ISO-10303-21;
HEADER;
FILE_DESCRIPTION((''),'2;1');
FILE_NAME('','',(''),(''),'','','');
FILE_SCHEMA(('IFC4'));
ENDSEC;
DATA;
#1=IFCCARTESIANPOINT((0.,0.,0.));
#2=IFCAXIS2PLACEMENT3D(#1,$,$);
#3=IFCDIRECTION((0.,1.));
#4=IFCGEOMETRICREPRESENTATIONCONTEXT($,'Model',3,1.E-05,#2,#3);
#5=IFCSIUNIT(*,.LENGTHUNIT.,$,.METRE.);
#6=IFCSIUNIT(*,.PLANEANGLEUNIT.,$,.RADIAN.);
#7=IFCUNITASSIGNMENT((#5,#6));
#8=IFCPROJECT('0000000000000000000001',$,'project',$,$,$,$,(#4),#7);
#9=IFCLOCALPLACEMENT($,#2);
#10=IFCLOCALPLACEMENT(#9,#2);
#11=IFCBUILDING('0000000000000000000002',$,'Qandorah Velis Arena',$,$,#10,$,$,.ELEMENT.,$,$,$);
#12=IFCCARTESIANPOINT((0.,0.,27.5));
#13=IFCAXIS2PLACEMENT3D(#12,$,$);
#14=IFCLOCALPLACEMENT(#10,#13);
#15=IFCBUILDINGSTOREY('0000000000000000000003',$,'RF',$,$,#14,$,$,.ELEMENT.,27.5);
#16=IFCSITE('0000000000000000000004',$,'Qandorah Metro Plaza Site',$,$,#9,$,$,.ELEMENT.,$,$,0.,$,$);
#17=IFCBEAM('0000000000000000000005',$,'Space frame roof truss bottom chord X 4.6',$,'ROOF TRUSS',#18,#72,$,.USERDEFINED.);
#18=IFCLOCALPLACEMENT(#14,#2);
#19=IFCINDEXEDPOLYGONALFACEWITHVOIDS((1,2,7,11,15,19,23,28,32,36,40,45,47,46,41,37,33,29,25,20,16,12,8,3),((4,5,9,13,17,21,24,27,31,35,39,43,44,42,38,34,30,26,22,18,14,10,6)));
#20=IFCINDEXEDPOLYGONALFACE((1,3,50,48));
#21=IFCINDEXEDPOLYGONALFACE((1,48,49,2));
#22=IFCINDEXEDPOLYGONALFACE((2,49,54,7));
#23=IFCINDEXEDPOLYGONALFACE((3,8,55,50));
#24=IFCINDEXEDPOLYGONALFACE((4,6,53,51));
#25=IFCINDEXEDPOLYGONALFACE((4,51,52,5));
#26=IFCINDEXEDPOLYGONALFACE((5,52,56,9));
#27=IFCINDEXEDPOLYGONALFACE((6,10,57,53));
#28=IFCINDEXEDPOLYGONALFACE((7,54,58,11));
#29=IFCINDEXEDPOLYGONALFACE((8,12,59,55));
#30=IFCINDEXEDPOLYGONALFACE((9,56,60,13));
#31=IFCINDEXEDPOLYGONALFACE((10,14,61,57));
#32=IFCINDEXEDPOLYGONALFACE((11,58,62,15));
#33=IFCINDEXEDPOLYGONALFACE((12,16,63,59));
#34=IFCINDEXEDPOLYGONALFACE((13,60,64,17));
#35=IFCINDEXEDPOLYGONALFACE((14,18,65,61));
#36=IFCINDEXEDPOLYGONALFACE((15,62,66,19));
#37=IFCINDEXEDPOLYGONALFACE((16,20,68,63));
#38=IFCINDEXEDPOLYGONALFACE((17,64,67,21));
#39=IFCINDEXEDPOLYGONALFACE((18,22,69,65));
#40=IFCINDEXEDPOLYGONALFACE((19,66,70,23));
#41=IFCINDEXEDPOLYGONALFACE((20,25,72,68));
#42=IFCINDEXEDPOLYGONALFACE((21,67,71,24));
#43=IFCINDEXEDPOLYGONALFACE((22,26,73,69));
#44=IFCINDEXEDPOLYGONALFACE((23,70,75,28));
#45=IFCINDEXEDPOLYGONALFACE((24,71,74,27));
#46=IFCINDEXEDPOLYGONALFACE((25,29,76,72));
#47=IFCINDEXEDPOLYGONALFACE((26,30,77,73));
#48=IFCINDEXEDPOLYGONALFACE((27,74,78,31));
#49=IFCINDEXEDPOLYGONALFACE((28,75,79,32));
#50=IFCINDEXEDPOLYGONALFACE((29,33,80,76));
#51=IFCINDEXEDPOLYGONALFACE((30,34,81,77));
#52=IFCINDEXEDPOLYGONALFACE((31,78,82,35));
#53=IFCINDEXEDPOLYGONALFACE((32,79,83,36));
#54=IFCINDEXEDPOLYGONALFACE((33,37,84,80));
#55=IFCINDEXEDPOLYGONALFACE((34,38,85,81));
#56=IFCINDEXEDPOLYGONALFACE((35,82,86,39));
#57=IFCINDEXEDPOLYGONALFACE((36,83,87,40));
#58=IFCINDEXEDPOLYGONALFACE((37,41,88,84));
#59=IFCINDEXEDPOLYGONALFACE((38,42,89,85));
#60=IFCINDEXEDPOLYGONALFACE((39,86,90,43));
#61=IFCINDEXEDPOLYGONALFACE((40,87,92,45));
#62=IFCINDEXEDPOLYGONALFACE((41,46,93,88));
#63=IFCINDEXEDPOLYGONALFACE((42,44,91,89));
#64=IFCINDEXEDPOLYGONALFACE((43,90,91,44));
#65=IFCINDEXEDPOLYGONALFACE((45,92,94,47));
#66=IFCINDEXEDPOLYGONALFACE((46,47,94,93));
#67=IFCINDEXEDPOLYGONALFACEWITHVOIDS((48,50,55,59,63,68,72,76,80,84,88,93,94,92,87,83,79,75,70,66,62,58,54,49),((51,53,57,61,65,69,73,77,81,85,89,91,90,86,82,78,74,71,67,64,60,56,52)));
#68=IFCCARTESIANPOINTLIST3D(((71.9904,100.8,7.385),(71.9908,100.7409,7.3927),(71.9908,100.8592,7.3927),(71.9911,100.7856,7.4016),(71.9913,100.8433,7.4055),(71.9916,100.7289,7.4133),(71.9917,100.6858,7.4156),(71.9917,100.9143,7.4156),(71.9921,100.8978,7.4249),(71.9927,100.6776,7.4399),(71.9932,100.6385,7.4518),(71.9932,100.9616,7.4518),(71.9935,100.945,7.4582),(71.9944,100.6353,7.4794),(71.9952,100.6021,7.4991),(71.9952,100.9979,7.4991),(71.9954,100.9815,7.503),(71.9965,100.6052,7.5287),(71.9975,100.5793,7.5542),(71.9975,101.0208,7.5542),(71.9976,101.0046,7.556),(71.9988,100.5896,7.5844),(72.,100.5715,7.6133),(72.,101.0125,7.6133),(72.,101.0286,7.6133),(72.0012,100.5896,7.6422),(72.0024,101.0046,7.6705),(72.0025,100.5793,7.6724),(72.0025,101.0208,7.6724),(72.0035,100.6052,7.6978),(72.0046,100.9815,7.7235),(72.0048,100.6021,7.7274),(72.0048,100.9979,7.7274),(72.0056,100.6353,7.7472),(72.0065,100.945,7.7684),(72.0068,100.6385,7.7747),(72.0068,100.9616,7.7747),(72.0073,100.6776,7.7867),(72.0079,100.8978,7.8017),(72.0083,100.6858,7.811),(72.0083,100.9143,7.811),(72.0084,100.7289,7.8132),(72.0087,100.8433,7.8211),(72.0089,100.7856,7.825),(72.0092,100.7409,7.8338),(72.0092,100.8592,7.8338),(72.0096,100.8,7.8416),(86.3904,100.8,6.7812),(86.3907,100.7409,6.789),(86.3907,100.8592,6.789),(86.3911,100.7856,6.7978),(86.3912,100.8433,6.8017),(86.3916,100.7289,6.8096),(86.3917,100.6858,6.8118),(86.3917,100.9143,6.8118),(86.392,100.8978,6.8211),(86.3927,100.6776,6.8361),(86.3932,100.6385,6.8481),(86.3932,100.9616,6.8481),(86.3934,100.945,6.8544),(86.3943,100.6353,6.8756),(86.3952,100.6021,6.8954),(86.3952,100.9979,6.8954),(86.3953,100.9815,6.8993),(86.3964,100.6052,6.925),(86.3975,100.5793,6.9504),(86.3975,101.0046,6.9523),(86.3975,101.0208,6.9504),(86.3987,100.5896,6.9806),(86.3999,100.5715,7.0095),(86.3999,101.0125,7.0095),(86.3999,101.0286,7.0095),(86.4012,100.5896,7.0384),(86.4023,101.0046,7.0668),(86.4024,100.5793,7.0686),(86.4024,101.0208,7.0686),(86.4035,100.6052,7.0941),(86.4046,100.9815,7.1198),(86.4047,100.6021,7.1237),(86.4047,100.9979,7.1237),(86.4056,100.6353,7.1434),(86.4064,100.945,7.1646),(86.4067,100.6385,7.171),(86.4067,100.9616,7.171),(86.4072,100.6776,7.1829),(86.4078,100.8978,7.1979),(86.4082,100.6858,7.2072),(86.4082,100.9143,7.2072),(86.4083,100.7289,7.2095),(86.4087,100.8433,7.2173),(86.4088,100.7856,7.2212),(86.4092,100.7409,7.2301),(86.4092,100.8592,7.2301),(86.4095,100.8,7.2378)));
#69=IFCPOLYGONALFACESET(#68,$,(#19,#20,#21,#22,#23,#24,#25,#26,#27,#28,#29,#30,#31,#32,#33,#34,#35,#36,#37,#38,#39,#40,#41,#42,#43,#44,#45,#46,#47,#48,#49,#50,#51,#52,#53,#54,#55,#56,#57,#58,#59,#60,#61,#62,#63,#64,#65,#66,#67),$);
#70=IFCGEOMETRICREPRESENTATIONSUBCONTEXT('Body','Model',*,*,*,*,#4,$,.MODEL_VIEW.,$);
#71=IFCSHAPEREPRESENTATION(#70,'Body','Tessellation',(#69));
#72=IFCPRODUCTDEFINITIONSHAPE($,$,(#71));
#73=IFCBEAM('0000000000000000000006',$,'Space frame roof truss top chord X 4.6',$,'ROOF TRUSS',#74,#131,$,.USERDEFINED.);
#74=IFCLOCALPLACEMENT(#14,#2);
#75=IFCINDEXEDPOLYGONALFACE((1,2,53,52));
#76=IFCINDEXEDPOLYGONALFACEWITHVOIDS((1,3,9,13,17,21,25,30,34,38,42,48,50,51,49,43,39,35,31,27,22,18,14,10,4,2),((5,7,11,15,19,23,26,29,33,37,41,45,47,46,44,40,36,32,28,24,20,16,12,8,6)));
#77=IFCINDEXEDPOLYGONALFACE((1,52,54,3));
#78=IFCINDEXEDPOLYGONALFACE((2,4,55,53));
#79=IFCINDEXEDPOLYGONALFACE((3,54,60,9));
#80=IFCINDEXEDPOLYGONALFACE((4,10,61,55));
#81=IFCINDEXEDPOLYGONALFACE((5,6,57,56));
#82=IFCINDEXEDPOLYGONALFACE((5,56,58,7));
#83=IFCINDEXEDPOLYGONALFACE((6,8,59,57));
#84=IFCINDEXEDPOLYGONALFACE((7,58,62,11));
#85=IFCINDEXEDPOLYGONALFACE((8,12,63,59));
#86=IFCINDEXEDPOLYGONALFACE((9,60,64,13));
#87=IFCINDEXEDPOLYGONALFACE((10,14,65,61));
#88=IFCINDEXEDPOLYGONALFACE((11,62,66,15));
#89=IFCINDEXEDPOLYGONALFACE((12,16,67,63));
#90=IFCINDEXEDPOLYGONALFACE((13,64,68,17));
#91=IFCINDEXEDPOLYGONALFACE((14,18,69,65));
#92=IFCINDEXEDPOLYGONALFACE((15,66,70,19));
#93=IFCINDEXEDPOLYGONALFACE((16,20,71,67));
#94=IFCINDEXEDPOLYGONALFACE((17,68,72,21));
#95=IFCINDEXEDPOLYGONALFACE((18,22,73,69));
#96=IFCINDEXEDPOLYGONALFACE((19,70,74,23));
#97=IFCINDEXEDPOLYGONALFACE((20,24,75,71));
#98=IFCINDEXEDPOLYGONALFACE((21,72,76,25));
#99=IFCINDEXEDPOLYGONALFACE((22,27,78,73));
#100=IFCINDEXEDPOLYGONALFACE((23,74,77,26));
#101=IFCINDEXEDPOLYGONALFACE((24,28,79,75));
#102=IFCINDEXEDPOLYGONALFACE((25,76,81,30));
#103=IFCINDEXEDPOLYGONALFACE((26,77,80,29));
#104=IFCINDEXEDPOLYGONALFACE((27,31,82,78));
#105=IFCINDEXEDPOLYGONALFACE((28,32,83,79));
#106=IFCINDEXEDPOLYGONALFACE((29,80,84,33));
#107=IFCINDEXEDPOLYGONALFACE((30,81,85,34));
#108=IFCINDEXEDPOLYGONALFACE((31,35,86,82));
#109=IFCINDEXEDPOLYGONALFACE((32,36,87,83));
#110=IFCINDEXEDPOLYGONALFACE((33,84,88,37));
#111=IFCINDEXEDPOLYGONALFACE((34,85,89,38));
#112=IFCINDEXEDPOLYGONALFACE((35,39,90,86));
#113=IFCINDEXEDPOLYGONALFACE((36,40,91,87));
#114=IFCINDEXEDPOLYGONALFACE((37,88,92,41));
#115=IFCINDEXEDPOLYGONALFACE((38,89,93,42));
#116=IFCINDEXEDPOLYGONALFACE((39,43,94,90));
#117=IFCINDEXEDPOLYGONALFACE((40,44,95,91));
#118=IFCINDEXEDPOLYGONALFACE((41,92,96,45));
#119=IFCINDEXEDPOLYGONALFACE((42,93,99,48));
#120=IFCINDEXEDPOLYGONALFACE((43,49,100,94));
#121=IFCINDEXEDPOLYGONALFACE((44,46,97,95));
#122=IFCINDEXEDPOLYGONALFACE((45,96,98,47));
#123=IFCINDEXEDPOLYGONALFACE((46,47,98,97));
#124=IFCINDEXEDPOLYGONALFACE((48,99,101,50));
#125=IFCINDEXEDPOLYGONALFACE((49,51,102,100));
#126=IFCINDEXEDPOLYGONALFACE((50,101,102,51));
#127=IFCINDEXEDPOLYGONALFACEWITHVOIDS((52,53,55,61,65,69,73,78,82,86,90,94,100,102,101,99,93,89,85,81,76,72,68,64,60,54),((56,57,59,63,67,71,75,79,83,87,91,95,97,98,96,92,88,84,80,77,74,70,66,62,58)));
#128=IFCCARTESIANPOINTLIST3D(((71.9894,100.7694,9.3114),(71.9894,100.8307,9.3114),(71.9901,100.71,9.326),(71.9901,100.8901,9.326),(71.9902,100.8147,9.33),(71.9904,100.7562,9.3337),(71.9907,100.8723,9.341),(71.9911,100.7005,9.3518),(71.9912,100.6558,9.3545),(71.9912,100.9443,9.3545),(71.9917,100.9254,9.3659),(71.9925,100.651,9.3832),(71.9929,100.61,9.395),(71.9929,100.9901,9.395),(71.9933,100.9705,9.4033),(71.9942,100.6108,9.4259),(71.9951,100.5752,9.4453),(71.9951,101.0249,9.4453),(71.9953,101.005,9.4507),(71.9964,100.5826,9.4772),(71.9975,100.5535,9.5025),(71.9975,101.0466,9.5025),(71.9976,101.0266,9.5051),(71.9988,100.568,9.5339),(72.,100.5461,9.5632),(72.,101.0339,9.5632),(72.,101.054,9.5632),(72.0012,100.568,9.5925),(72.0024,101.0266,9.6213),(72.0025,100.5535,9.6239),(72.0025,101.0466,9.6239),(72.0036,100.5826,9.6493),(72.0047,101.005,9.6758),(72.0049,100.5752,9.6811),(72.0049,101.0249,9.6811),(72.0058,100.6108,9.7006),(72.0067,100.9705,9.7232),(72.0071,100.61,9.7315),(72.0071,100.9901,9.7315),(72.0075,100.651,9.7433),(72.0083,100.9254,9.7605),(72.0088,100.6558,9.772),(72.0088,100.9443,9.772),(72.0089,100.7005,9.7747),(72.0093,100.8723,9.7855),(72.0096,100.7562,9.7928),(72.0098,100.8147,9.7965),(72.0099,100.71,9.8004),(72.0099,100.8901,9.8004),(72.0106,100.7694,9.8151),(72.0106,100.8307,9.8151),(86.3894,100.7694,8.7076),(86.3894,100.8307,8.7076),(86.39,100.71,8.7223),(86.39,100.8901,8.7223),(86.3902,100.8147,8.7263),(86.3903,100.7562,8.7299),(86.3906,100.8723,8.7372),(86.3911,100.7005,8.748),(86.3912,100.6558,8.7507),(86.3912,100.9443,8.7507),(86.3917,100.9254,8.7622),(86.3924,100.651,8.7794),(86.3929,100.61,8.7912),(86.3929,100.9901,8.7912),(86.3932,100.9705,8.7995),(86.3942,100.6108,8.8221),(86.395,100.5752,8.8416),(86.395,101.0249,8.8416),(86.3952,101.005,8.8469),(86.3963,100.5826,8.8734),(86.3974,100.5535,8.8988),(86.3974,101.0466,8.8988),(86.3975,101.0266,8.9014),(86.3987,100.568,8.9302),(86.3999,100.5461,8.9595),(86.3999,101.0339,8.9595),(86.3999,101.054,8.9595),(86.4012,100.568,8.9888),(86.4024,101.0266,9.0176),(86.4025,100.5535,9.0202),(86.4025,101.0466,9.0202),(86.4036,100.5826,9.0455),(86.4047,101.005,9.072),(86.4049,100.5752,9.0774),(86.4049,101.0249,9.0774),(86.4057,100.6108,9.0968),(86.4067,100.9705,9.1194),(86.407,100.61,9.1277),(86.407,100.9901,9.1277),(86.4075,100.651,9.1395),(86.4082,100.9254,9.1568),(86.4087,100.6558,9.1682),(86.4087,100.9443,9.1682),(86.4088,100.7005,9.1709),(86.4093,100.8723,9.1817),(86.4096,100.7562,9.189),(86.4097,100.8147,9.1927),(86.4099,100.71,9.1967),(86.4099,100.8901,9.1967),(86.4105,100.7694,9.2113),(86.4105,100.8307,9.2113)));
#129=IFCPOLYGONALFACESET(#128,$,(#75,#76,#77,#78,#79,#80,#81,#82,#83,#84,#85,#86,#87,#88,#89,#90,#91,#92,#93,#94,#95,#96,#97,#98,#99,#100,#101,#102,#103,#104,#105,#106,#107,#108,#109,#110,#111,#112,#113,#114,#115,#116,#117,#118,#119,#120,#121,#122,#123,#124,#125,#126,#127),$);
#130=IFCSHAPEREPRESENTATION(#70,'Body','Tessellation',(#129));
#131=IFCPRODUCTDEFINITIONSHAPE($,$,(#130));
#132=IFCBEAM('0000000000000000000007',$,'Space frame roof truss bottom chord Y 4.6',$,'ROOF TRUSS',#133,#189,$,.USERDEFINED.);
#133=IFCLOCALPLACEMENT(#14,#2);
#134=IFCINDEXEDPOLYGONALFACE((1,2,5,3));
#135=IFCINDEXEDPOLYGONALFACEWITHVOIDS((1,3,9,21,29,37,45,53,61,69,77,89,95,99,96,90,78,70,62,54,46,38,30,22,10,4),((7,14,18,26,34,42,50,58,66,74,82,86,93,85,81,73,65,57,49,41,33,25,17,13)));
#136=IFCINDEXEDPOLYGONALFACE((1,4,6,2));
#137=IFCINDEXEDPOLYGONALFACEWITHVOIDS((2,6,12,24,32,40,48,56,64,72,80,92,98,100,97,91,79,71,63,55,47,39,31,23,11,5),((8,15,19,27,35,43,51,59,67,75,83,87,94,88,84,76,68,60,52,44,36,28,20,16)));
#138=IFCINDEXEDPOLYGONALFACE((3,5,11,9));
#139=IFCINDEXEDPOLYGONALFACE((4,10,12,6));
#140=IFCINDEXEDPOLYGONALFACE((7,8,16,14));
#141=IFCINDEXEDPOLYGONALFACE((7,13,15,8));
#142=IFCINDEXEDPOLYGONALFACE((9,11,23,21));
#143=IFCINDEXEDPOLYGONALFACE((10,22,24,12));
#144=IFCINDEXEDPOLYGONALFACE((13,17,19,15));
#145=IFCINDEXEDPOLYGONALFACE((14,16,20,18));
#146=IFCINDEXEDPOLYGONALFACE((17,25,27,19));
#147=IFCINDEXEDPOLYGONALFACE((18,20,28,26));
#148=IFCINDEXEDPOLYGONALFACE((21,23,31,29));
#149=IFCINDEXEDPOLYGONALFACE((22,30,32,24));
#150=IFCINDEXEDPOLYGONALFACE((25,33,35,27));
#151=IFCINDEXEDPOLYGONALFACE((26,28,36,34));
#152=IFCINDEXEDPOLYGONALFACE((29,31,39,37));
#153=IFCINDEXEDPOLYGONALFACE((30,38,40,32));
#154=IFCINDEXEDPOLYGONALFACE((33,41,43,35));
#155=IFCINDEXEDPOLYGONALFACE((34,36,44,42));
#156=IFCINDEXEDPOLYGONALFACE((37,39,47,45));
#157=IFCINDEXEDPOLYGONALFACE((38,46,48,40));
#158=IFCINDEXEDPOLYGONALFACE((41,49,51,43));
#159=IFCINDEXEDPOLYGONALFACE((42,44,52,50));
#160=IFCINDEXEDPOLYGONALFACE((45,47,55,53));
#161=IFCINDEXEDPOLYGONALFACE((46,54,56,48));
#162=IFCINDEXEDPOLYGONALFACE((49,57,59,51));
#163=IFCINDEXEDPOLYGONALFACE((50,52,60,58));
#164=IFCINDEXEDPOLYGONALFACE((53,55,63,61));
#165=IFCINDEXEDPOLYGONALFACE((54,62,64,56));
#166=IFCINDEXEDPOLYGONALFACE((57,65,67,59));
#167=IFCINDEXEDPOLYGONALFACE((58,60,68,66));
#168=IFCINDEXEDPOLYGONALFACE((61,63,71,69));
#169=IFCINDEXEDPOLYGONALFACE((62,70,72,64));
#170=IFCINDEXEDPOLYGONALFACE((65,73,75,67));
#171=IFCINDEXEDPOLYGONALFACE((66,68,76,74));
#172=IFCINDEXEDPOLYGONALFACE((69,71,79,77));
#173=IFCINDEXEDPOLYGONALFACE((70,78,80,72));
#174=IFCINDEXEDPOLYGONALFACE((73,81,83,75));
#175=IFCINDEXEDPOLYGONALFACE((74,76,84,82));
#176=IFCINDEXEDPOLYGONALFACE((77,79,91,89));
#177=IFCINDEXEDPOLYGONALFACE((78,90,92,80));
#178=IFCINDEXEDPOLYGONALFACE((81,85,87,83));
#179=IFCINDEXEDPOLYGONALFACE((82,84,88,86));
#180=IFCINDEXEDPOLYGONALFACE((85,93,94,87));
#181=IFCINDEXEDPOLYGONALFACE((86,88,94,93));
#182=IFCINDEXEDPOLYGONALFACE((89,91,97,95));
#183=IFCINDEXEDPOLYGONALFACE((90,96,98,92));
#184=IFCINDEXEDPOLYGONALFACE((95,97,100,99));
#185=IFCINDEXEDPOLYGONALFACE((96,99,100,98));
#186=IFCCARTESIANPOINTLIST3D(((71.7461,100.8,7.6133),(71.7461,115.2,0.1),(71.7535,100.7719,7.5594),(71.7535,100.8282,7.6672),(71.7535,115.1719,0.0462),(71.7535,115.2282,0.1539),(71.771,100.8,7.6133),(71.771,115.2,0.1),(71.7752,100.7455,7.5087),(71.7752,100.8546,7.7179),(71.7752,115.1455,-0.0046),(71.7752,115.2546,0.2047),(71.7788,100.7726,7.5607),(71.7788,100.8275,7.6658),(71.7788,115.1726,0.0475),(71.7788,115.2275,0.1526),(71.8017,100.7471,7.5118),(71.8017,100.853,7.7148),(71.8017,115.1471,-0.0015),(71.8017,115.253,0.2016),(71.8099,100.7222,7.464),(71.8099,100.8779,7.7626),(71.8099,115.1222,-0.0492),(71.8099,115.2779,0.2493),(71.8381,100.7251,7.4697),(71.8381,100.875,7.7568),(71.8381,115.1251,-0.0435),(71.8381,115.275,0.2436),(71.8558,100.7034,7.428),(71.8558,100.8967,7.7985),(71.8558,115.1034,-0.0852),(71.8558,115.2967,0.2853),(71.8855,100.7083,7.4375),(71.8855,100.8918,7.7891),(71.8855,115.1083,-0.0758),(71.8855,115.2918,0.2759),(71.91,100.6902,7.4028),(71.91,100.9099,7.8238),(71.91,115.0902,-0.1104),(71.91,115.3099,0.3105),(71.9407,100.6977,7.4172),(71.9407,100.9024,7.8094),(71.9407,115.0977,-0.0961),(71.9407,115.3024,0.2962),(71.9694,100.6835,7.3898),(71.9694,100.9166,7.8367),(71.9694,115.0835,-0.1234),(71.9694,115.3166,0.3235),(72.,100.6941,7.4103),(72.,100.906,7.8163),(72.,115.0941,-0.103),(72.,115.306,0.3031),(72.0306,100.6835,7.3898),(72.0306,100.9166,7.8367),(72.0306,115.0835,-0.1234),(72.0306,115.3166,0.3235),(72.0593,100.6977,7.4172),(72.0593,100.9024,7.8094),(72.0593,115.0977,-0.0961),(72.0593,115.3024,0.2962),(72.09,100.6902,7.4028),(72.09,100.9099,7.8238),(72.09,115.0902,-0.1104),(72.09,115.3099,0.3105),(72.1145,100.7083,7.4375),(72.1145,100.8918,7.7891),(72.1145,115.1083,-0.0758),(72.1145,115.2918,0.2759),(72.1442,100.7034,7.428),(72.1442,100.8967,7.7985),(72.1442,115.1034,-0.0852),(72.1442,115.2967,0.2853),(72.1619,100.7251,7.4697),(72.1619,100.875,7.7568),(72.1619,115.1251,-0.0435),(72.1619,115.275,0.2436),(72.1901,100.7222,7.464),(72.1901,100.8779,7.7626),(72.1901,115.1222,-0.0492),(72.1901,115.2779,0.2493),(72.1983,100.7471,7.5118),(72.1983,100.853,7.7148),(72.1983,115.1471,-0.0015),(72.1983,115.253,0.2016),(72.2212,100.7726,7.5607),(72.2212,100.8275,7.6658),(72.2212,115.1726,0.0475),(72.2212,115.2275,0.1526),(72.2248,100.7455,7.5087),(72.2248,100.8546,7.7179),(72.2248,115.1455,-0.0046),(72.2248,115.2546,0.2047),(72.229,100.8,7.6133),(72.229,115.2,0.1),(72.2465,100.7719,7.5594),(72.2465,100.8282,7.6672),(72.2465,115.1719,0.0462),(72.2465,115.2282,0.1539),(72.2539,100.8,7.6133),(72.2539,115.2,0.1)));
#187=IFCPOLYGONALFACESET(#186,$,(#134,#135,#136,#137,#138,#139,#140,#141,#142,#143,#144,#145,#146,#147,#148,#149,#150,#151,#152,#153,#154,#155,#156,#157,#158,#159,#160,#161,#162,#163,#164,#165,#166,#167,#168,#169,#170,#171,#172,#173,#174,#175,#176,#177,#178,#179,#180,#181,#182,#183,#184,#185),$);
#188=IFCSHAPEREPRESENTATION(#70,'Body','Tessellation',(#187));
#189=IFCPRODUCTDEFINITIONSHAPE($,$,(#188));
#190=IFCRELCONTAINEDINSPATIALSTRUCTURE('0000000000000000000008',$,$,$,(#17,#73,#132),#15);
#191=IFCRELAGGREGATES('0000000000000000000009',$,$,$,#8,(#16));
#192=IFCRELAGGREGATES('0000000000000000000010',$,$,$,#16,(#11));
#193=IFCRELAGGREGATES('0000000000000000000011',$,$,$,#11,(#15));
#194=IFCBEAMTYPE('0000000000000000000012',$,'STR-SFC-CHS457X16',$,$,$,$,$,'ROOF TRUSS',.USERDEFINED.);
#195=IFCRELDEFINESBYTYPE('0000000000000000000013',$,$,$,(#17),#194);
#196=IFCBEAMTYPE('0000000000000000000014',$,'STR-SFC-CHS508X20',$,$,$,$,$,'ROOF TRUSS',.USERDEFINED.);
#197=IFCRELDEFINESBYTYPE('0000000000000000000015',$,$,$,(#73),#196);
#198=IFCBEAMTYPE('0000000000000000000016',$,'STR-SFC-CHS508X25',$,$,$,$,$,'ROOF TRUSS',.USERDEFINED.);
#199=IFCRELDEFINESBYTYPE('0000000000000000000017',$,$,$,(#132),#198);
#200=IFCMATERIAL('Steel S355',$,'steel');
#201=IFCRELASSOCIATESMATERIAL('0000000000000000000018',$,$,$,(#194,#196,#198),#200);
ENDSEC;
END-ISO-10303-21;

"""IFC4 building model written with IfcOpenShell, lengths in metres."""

from ifc_helpers import new_model, si_unit, direction, frame, origin, origin_2d, place, context, subcontext, project, spatial, hollow_circle, extrude, material, material_profile, profile_set, type_object, element, save


model = new_model("IFC4")

# Units and contexts
model_context = context("Model", 3, precision=1e-05, world=origin(), true_north=direction((0.0, 1.0)))
body_context = subcontext(model_context, "Body", "Model", "MODEL_VIEW")
ifc_project = project(units=[si_unit("LENGTHUNIT", "METRE"), si_unit("PLANEANGLEUNIT", "RADIAN")], contexts=[model_context])

# Site, building, storey
site_placement = place(None, origin())
site = spatial("IfcSite", under=ifc_project, at=site_placement, Name="Qandorah Metro Plaza Site", CompositionType="ELEMENT", RefElevation=0.0)
building_placement = place(site_placement, origin())
building = spatial("IfcBuilding", under=site, at=building_placement, Name="Qandorah Velis Arena", CompositionType="ELEMENT")
storey_placement = place(building_placement, frame((0.0, 0.0, 27.5)))
storey = spatial("IfcBuildingStorey", under=building, at=storey_placement, Name="RF", CompositionType="ELEMENT", Elevation=27.5)

# Beams
ifc_material_1 = material(Name="Steel S355", Category="steel")
ifc_material_profile_1 = material_profile(ifc_material_1, hollow_circle(Radius=0.2285, WallThickness=0.0161, at=origin_2d()), Name="CHS 457x16")
ifc_profile_set_1 = profile_set([ifc_material_profile_1], Name="Steel S355")
beam_type_1 = type_object("IfcBeamType", Name="STR-SFC-CHS457X16", ElementType="ROOF TRUSS", PredefinedType="USERDEFINED", material=ifc_profile_set_1)
beam_1_placement = place(storey_placement, frame((72.0, 100.8, 7.6133), z_axis=(0.999122, 0.0, -0.041891), x_axis=(0.0, 1.0, 0.0)))
element("IfcBeam", 1, at=beam_1_placement, inside=storey, type_object=beam_type_1, Name="Space frame roof truss bottom chord X 4.6", ObjectType="ROOF TRUSS", PredefinedType="USERDEFINED", context=body_context, shape_type="SweptSolid", body=[
    extrude(hollow_circle(Radius=0.2285, WallThickness=0.0161, at=origin_2d()), origin(), (0.0, 0.0, 1.0), 14.4126),
])
ifc_material_profile_2 = material_profile(ifc_material_1, hollow_circle(Radius=0.2539, WallThickness=0.02, at=origin_2d()), Name="CHS 508x20")
ifc_profile_set_2 = profile_set([ifc_material_profile_2], Name="Steel S355")
beam_type_2 = type_object("IfcBeamType", Name="STR-SFC-CHS508X20", ElementType="ROOF TRUSS", PredefinedType="USERDEFINED", material=ifc_profile_set_2)
beam_2_placement = place(storey_placement, frame((72.0, 100.8, 9.5632), z_axis=(0.999122, 0.0, -0.041891), x_axis=(0.0, 1.0, 0.0)))
element("IfcBeam", 2, at=beam_2_placement, inside=storey, type_object=beam_type_2, Name="Space frame roof truss top chord X 4.6", ObjectType="ROOF TRUSS", PredefinedType="USERDEFINED", context=body_context, shape_type="SweptSolid", body=[
    extrude(hollow_circle(Radius=0.2539, WallThickness=0.02, at=origin_2d()), origin(), (0.0, 0.0, 1.0), 14.4126),
])
ifc_material_profile_3 = material_profile(ifc_material_1, hollow_circle(Radius=0.2539, WallThickness=0.0249, at=origin_2d()), Name="CHS 508x25")
ifc_profile_set_3 = profile_set([ifc_material_profile_3], Name="Steel S355")
beam_type_3 = type_object("IfcBeamType", Name="STR-SFC-CHS508X25", ElementType="ROOF TRUSS", PredefinedType="USERDEFINED", material=ifc_profile_set_3)
beam_3_placement = place(storey_placement, frame((72.0, 100.8, 7.6133), z_axis=(0.0, 0.88658, -0.462575), x_axis=(-1.0, 0.0, 0.0)))
element("IfcBeam", 3, at=beam_3_placement, inside=storey, type_object=beam_type_3, Name="Space frame roof truss bottom chord Y 4.6", ObjectType="ROOF TRUSS", PredefinedType="USERDEFINED", context=body_context, shape_type="SweptSolid", body=[
    extrude(hollow_circle(Radius=0.2539, WallThickness=0.0249, at=origin_2d()), origin(), (0.0, 0.0, 1.0), 16.2422),
])

save(model, "model.ifc")
